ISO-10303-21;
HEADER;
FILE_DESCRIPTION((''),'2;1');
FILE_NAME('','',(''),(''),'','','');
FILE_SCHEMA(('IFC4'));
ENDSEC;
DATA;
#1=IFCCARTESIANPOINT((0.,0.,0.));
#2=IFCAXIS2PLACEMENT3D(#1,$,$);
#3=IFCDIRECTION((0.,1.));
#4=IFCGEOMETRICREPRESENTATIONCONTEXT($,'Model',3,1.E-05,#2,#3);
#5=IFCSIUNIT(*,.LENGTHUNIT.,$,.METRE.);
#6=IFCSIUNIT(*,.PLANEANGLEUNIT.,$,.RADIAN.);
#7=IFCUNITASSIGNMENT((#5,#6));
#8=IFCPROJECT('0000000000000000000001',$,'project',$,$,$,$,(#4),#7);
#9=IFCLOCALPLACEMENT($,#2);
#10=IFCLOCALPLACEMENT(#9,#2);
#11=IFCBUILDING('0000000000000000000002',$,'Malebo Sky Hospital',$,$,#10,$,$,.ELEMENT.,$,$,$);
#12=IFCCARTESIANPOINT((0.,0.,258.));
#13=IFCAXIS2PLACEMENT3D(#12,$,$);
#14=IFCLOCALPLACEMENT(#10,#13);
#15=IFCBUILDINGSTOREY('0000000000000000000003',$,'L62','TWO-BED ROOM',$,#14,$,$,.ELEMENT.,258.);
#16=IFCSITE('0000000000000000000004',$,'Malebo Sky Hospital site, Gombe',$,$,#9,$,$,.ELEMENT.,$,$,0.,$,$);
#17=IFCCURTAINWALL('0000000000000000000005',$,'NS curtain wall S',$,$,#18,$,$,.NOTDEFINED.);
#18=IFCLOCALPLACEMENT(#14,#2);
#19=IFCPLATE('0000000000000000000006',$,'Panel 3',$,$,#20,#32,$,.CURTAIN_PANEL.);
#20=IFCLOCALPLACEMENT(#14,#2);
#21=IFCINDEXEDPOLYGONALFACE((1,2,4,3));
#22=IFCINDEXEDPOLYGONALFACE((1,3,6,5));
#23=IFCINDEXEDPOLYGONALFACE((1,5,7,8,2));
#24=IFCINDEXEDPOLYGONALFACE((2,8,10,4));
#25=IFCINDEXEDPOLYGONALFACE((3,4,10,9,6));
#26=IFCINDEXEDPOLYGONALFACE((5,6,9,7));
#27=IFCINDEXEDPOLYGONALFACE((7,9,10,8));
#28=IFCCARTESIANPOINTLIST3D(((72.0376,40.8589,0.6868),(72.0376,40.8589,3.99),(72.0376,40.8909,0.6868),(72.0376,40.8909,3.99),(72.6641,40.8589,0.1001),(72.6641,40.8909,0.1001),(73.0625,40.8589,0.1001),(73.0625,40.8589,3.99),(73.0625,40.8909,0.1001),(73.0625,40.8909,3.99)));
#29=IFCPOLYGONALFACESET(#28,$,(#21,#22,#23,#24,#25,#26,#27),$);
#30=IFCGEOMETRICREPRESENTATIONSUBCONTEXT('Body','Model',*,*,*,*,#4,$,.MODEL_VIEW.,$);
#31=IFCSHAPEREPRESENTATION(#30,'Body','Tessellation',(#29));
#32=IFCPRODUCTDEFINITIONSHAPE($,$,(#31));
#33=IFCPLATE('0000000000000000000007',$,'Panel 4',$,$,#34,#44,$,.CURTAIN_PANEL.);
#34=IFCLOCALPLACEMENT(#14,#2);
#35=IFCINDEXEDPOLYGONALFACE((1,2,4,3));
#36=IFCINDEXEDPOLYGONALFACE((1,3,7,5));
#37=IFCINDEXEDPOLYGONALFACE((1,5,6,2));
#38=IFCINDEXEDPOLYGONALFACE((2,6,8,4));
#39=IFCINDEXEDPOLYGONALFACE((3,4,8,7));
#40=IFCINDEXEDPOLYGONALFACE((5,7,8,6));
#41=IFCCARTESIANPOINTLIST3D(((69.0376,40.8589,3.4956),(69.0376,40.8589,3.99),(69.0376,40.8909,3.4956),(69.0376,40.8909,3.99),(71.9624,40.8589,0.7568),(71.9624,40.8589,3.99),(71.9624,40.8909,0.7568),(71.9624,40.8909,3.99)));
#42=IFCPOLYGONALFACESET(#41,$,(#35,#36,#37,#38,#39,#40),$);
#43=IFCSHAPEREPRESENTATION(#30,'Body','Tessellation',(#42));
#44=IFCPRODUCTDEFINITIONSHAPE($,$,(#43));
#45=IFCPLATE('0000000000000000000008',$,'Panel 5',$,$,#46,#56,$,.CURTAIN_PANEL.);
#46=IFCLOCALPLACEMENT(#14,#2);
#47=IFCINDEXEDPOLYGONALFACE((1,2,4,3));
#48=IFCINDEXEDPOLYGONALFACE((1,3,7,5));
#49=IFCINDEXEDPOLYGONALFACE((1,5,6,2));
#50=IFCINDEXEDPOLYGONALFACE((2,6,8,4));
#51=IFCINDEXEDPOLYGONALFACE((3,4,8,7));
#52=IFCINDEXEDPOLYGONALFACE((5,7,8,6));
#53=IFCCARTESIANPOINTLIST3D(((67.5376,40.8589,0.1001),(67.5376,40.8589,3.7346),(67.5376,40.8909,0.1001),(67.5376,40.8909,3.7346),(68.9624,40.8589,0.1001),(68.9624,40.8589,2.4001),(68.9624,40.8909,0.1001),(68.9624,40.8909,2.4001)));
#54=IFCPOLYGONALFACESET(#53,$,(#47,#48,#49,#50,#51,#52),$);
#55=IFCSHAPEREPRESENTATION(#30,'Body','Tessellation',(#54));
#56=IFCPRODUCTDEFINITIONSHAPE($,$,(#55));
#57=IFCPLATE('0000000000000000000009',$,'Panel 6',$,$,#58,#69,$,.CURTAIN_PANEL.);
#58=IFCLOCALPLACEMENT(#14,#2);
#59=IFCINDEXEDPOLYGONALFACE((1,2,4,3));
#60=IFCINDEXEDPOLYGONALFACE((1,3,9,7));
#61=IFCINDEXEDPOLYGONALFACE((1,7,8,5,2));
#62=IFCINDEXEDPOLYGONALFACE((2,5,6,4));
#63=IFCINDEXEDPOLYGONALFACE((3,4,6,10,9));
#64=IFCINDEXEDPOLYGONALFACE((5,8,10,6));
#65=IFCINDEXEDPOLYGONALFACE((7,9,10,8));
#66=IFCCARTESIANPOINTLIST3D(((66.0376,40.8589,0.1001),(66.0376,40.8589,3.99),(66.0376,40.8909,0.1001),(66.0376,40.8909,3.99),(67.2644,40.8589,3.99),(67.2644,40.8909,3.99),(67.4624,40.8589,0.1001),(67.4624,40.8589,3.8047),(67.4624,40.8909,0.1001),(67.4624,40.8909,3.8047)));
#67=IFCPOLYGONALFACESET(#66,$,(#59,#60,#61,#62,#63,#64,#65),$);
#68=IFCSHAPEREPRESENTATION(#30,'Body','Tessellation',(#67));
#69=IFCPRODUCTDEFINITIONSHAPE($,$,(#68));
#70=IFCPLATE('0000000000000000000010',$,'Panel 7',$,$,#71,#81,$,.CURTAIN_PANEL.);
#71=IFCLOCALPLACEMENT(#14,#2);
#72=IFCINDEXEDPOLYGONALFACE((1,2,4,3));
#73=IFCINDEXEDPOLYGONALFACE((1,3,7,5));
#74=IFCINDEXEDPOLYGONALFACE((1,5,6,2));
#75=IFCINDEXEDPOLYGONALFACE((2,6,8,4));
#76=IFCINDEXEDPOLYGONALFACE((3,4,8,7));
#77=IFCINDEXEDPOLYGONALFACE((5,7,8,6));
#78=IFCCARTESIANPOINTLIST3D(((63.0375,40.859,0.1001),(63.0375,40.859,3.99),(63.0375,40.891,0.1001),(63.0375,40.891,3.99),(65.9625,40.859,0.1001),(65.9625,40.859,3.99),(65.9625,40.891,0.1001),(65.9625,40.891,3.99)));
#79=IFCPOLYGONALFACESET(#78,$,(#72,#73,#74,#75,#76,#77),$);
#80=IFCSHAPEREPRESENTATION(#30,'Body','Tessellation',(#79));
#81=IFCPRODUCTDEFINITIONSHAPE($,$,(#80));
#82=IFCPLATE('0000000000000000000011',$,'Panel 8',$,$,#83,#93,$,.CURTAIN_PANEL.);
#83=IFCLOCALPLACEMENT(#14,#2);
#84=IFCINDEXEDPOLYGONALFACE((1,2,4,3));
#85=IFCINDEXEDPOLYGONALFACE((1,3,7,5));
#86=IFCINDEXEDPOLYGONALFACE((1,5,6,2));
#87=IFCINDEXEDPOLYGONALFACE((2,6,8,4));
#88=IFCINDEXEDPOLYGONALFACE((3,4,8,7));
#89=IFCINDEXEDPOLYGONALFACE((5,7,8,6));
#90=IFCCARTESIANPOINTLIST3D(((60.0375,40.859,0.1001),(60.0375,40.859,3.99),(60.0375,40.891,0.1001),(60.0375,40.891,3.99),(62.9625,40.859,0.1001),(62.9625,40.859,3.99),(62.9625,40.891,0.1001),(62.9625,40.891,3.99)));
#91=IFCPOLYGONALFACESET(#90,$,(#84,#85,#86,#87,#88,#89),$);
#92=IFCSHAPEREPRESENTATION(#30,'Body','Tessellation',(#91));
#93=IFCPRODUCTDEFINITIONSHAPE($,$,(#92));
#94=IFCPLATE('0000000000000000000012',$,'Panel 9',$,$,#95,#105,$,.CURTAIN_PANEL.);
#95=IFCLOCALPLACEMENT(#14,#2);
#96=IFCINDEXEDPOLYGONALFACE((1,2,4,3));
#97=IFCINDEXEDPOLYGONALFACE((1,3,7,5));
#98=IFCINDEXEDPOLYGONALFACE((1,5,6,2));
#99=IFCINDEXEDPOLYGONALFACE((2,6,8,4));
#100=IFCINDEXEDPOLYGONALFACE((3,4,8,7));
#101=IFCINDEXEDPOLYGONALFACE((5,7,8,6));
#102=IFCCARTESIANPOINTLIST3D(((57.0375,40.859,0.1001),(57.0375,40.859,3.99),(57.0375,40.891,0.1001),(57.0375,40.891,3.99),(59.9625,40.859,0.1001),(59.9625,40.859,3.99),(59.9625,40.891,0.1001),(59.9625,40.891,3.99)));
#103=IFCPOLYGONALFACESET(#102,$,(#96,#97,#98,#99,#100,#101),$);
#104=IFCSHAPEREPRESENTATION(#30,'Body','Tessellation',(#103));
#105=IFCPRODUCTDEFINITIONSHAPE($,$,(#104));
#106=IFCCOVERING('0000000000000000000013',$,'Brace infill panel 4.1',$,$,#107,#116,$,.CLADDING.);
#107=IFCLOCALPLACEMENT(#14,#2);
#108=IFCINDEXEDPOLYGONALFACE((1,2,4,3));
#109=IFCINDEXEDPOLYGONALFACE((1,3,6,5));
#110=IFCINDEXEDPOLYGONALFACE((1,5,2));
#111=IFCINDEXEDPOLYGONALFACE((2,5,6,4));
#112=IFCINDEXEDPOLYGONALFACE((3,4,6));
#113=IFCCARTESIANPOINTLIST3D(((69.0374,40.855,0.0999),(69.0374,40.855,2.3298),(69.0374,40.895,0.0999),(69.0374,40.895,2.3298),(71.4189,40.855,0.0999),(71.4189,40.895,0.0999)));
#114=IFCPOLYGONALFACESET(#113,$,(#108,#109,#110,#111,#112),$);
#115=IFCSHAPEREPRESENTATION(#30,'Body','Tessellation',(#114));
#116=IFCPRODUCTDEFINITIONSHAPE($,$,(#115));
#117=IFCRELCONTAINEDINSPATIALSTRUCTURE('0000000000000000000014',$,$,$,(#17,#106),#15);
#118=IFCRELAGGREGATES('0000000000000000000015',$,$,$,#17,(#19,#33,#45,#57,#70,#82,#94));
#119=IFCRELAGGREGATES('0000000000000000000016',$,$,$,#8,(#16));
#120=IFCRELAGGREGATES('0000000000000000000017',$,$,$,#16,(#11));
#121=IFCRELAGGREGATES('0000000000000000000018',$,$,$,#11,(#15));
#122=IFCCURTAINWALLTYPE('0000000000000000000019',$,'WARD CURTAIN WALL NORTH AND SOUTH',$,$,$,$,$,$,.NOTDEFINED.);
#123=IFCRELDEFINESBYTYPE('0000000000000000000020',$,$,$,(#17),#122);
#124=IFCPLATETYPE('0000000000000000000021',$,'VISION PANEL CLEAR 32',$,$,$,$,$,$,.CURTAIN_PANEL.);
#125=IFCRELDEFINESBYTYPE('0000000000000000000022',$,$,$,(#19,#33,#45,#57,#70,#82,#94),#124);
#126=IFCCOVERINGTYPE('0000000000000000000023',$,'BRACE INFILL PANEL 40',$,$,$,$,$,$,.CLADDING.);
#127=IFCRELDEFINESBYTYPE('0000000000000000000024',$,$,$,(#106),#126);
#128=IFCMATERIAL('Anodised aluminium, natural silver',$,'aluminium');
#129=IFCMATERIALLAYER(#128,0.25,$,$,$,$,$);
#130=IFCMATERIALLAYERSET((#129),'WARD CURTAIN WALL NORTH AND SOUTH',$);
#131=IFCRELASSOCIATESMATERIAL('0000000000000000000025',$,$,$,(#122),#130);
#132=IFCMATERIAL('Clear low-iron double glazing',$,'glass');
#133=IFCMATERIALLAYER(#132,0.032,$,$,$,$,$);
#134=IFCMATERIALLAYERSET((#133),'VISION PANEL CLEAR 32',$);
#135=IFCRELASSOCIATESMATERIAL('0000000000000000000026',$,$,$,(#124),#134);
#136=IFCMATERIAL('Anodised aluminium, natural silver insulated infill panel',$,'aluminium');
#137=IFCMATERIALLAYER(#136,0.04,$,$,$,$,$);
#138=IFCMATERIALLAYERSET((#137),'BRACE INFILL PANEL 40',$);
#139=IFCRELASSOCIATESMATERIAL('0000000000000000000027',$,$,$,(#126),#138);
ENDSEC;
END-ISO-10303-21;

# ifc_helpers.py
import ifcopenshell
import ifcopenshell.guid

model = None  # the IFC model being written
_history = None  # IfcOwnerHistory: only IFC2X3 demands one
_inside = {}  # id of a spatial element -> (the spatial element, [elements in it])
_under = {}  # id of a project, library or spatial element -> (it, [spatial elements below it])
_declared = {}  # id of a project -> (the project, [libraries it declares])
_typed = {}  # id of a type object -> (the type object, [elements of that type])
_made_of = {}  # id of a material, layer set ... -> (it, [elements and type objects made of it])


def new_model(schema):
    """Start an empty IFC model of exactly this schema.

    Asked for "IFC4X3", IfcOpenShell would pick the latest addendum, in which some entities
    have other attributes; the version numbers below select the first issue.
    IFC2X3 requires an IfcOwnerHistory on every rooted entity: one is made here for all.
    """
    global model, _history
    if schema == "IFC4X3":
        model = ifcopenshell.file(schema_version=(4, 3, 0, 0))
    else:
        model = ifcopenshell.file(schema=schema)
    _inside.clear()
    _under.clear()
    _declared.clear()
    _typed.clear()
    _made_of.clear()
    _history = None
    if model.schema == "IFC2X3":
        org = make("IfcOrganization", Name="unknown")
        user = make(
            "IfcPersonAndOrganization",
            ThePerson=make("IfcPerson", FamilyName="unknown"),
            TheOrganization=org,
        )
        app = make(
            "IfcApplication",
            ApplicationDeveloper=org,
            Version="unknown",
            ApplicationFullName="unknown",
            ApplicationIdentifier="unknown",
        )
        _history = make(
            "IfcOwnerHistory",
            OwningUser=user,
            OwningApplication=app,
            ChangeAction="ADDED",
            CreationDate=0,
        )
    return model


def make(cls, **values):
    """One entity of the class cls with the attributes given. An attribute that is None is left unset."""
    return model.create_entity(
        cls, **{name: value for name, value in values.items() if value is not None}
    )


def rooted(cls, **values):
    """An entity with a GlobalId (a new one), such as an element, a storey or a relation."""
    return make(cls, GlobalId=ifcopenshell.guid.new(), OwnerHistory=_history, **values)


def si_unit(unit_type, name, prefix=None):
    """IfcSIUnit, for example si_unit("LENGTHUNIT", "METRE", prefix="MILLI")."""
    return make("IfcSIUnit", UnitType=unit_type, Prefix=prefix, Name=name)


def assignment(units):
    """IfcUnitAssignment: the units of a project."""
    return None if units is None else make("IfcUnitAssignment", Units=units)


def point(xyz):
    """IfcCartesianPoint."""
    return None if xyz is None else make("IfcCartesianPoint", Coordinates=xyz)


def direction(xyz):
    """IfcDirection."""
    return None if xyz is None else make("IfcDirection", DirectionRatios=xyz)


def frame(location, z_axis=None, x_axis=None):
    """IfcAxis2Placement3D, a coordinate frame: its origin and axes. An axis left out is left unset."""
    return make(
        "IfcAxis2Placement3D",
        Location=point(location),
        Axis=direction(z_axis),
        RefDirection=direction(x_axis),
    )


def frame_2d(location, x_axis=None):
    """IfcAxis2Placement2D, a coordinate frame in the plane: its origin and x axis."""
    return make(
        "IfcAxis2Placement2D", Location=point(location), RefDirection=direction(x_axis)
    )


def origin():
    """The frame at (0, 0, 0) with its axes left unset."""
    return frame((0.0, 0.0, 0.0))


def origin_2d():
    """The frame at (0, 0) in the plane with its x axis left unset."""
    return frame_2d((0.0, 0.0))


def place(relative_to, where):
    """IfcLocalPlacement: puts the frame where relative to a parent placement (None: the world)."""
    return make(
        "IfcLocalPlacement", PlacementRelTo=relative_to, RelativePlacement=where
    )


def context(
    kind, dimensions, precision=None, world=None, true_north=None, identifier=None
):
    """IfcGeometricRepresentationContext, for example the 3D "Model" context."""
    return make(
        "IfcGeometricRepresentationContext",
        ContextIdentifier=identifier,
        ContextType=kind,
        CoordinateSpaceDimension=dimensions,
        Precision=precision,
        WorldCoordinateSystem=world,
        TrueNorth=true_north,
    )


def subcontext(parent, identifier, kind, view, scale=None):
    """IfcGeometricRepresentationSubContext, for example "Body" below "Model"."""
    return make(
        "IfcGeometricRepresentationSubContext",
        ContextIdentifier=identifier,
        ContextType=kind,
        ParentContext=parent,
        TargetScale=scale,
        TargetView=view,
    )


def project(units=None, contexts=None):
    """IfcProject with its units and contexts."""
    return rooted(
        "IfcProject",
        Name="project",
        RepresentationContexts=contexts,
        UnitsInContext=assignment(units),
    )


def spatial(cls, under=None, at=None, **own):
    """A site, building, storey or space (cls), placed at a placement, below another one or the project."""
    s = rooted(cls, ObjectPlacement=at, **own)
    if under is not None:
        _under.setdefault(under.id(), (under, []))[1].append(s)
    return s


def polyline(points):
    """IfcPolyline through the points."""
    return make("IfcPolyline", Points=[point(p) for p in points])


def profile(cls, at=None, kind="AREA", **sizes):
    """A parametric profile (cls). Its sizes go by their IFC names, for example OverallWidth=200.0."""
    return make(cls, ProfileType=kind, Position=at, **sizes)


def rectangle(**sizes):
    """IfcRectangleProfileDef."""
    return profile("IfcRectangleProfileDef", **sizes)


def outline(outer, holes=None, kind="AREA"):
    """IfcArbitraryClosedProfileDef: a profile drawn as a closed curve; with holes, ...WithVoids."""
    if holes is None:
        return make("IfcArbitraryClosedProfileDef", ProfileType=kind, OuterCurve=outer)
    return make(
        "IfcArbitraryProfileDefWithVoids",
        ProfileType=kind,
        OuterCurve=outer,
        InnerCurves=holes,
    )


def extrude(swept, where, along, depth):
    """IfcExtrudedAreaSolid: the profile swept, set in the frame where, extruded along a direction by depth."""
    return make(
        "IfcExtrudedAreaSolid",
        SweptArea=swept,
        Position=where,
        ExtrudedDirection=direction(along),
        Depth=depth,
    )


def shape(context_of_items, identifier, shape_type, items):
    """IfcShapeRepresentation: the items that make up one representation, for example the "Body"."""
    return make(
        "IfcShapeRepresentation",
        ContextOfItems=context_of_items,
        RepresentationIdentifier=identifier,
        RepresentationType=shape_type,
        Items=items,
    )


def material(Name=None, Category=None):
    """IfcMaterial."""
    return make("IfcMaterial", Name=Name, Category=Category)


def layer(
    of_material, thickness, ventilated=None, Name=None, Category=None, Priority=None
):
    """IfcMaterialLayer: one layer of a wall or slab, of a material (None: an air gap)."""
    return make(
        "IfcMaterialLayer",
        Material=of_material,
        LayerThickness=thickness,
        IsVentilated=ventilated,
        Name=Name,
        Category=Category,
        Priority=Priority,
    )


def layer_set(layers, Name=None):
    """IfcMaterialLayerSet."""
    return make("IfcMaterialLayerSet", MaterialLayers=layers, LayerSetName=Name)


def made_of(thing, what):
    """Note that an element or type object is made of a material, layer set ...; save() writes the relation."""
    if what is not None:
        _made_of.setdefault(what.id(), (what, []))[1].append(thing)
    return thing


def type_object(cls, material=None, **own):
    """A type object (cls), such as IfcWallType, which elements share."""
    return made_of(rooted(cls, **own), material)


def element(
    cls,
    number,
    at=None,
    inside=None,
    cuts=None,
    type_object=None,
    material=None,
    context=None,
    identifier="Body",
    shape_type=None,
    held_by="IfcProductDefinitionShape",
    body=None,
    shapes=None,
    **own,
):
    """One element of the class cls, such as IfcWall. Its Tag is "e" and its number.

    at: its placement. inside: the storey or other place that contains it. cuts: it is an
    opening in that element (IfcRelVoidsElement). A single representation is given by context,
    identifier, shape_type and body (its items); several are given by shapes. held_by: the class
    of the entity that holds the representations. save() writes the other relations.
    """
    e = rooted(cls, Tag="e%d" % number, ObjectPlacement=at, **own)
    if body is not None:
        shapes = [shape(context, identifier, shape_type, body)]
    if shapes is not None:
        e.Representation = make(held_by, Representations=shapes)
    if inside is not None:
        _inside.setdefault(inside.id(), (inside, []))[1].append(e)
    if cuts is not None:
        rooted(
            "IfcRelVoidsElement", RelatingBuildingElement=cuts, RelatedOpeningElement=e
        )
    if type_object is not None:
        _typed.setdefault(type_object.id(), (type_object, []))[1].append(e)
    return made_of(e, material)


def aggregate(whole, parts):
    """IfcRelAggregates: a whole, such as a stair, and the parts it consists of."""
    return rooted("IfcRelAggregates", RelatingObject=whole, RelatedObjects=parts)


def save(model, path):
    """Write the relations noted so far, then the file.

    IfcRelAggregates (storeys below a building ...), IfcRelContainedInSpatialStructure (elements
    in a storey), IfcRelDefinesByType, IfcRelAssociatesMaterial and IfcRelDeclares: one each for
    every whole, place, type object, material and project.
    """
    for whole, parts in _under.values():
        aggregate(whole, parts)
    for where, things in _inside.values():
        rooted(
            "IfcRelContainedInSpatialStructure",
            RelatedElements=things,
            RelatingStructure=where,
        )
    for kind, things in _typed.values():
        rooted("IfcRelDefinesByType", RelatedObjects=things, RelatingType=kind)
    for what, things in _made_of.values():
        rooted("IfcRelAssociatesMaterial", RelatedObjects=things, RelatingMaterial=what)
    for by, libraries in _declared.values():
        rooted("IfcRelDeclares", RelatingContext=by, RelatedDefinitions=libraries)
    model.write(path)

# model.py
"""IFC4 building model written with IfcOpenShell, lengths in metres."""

from ifc_helpers import new_model, si_unit, direction, frame, origin, origin_2d, place, context, subcontext, project, spatial, polyline, rectangle, outline, extrude, material, layer, layer_set, type_object, element, aggregate, save


model = new_model("IFC4")

# Units and contexts
model_context = context("Model", 3, precision=1e-05, world=origin(), true_north=direction((0.0, 1.0)))
body_context = subcontext(model_context, "Body", "Model", "MODEL_VIEW")
ifc_project = project(units=[si_unit("LENGTHUNIT", "METRE"), si_unit("PLANEANGLEUNIT", "RADIAN")], contexts=[model_context])

# Site, building, storey
site_placement = place(None, origin())
site = spatial("IfcSite", under=ifc_project, at=site_placement, Name="Malebo Sky Hospital site, Gombe", CompositionType="ELEMENT", RefElevation=0.0)
building_placement = place(site_placement, origin())
building = spatial("IfcBuilding", under=site, at=building_placement, Name="Malebo Sky Hospital", CompositionType="ELEMENT")
storey_placement = place(building_placement, frame((0.0, 0.0, 258.0)))
storey = spatial("IfcBuildingStorey", under=building, at=storey_placement, Name="L62", Description="TWO-BED ROOM", CompositionType="ELEMENT", Elevation=258.0)

# Curtain wall
ifc_material_1 = material(Name="Anodised aluminium, natural silver", Category="aluminium")
ifc_layer_1 = layer(ifc_material_1, 0.25)
ifc_layer_set_1 = layer_set([ifc_layer_1], Name="WARD CURTAIN WALL NORTH AND SOUTH")
curtain_wall_type = type_object("IfcCurtainWallType", Name="WARD CURTAIN WALL NORTH AND SOUTH", PredefinedType="NOTDEFINED", material=ifc_layer_set_1)
curtain_wall_placement = place(storey_placement, origin())
curtain_wall = element("IfcCurtainWall", 1, at=curtain_wall_placement, inside=storey, type_object=curtain_wall_type, Name="NS curtain wall S", PredefinedType="NOTDEFINED")

# Plates
ifc_material_2 = material(Name="Clear low-iron double glazing", Category="glass")
ifc_layer_2 = layer(ifc_material_2, 0.032)
ifc_layer_set_2 = layer_set([ifc_layer_2], Name="VISION PANEL CLEAR 32")
plate_type = type_object("IfcPlateType", Name="VISION PANEL CLEAR 32", PredefinedType="CURTAIN_PANEL", material=ifc_layer_set_2)
plate_1_placement = place(storey_placement, frame((72.55, 40.875, 0.1001), z_axis=(0.0, 0.0, 1.0), x_axis=(-1.0, 0.0, 0.0)))
plate_1 = element("IfcPlate", 2, at=plate_1_placement, type_object=plate_type, Name="Panel 3", PredefinedType="CURTAIN_PANEL", context=body_context, shape_type="SweptSolid", body=[
    extrude(outline(polyline([(-0.5125, 0.0), (-0.114, 0.0), (0.5125, 0.5867), (0.5125, 3.8899), (-0.5125, 3.8899), (-0.5125, 0.0)])), frame((0.0, 0.0161, 0.0), z_axis=(0.0, -1.0, 0.0), x_axis=(1.0, 0.0, 0.0)), (0.0, 0.0, 1.0), 0.032),
])
plate_2_placement = place(storey_placement, frame((70.5, 40.875, 0.7568), z_axis=(0.0, 0.0, 1.0), x_axis=(-1.0, 0.0, 0.0)))
plate_2 = element("IfcPlate", 3, at=plate_2_placement, type_object=plate_type, Name="Panel 4", PredefinedType="CURTAIN_PANEL", context=body_context, shape_type="SweptSolid", body=[
    extrude(outline(polyline([(-1.4624, 0.0), (1.4624, 2.7388), (1.4624, 3.2332), (-1.4624, 3.2332), (-1.4624, 0.0)])), frame((0.0, 0.0161, 0.0), z_axis=(0.0, -1.0, 0.0), x_axis=(1.0, 0.0, 0.0)), (0.0, 0.0, 1.0), 0.032),
])
plate_3_placement = place(storey_placement, frame((68.25, 40.875, 0.1001), z_axis=(0.0, 0.0, 1.0), x_axis=(-1.0, 0.0, 0.0)))
plate_3 = element("IfcPlate", 4, at=plate_3_placement, type_object=plate_type, Name="Panel 5", PredefinedType="CURTAIN_PANEL", context=body_context, shape_type="SweptSolid", body=[
    extrude(outline(polyline([(-0.7124, 0.0), (0.7124, 0.0), (0.7124, 3.6345), (-0.7124, 2.3), (-0.7124, 0.0)])), frame((0.0, 0.0161, 0.0), z_axis=(0.0, -1.0, 0.0), x_axis=(1.0, 0.0, 0.0)), (0.0, 0.0, 1.0), 0.032),
])
plate_4_placement = place(storey_placement, frame((66.75, 40.875, 0.1001), z_axis=(0.0, 0.0, 1.0), x_axis=(-1.0, 0.0, 0.0)))
plate_4 = element("IfcPlate", 5, at=plate_4_placement, type_object=plate_type, Name="Panel 6", PredefinedType="CURTAIN_PANEL", context=body_context, shape_type="SweptSolid", body=[
    extrude(outline(polyline([(-0.7124, 0.0), (0.7124, 0.0), (0.7124, 3.8899), (-0.5144, 3.8899), (-0.7124, 3.7046), (-0.7124, 0.0)])), frame((0.0, 0.0161, 0.0), z_axis=(0.0, -1.0, 0.0), x_axis=(1.0, 0.0, 0.0)), (0.0, 0.0, 1.0), 0.032),
])
plate_5_placement = place(storey_placement, frame((64.5, 40.875, 0.1001), z_axis=(0.0, 0.0, 1.0), x_axis=(-1.0, 0.0, 0.0)))
plate_5 = element("IfcPlate", 6, at=plate_5_placement, type_object=plate_type, Name="Panel 7", PredefinedType="CURTAIN_PANEL", context=body_context, shape_type="SweptSolid", body=[
    extrude(rectangle(XDim=2.925, YDim=0.032, at=origin_2d()), origin(), (0.0, 0.0, 1.0), 3.8899),
])
plate_6_placement = place(storey_placement, frame((61.5, 40.875, 0.1001), z_axis=(0.0, 0.0, 1.0), x_axis=(-1.0, 0.0, 0.0)))
plate_6 = element("IfcPlate", 7, at=plate_6_placement, type_object=plate_type, Name="Panel 8", PredefinedType="CURTAIN_PANEL", context=body_context, shape_type="SweptSolid", body=[
    extrude(rectangle(XDim=2.925, YDim=0.032, at=origin_2d()), origin(), (0.0, 0.0, 1.0), 3.8899),
])
plate_7_placement = place(storey_placement, frame((58.5, 40.875, 0.1001), z_axis=(0.0, 0.0, 1.0), x_axis=(-1.0, 0.0, 0.0)))
plate_7 = element("IfcPlate", 8, at=plate_7_placement, type_object=plate_type, Name="Panel 9", PredefinedType="CURTAIN_PANEL", context=body_context, shape_type="SweptSolid", body=[
    extrude(rectangle(XDim=2.925, YDim=0.032, at=origin_2d()), origin(), (0.0, 0.0, 1.0), 3.8899),
])
aggregate(curtain_wall, [plate_1, plate_2, plate_3, plate_4, plate_5, plate_6, plate_7])

# Covering
ifc_material_3 = material(Name="Anodised aluminium, natural silver insulated infill panel", Category="aluminium")
ifc_layer_3 = layer(ifc_material_3, 0.04)
ifc_layer_set_3 = layer_set([ifc_layer_3], Name="BRACE INFILL PANEL 40")
covering_type = type_object("IfcCoveringType", Name="BRACE INFILL PANEL 40", PredefinedType="CLADDING", material=ifc_layer_set_3)
covering_1_placement = place(storey_placement, frame((70.2283, 40.875, 0.0999), z_axis=(0.0, 0.0, 1.0), x_axis=(-1.0, 0.0, 0.0)))
element("IfcCovering", 9, at=covering_1_placement, inside=storey, type_object=covering_type, Name="Brace infill panel 4.1", PredefinedType="CLADDING", context=body_context, shape_type="SweptSolid", body=[
    extrude(outline(polyline([(-1.1907, 0.0), (1.1909, 0.0), (1.1909, 2.23), (-1.1907, 0.0)])), frame((0.0, 0.02, 0.0), z_axis=(0.0, -1.0, 0.0), x_axis=(1.0, 0.0, 0.0)), (0.0, 0.0, 1.0), 0.04),
])

save(model, "model.ifc")
